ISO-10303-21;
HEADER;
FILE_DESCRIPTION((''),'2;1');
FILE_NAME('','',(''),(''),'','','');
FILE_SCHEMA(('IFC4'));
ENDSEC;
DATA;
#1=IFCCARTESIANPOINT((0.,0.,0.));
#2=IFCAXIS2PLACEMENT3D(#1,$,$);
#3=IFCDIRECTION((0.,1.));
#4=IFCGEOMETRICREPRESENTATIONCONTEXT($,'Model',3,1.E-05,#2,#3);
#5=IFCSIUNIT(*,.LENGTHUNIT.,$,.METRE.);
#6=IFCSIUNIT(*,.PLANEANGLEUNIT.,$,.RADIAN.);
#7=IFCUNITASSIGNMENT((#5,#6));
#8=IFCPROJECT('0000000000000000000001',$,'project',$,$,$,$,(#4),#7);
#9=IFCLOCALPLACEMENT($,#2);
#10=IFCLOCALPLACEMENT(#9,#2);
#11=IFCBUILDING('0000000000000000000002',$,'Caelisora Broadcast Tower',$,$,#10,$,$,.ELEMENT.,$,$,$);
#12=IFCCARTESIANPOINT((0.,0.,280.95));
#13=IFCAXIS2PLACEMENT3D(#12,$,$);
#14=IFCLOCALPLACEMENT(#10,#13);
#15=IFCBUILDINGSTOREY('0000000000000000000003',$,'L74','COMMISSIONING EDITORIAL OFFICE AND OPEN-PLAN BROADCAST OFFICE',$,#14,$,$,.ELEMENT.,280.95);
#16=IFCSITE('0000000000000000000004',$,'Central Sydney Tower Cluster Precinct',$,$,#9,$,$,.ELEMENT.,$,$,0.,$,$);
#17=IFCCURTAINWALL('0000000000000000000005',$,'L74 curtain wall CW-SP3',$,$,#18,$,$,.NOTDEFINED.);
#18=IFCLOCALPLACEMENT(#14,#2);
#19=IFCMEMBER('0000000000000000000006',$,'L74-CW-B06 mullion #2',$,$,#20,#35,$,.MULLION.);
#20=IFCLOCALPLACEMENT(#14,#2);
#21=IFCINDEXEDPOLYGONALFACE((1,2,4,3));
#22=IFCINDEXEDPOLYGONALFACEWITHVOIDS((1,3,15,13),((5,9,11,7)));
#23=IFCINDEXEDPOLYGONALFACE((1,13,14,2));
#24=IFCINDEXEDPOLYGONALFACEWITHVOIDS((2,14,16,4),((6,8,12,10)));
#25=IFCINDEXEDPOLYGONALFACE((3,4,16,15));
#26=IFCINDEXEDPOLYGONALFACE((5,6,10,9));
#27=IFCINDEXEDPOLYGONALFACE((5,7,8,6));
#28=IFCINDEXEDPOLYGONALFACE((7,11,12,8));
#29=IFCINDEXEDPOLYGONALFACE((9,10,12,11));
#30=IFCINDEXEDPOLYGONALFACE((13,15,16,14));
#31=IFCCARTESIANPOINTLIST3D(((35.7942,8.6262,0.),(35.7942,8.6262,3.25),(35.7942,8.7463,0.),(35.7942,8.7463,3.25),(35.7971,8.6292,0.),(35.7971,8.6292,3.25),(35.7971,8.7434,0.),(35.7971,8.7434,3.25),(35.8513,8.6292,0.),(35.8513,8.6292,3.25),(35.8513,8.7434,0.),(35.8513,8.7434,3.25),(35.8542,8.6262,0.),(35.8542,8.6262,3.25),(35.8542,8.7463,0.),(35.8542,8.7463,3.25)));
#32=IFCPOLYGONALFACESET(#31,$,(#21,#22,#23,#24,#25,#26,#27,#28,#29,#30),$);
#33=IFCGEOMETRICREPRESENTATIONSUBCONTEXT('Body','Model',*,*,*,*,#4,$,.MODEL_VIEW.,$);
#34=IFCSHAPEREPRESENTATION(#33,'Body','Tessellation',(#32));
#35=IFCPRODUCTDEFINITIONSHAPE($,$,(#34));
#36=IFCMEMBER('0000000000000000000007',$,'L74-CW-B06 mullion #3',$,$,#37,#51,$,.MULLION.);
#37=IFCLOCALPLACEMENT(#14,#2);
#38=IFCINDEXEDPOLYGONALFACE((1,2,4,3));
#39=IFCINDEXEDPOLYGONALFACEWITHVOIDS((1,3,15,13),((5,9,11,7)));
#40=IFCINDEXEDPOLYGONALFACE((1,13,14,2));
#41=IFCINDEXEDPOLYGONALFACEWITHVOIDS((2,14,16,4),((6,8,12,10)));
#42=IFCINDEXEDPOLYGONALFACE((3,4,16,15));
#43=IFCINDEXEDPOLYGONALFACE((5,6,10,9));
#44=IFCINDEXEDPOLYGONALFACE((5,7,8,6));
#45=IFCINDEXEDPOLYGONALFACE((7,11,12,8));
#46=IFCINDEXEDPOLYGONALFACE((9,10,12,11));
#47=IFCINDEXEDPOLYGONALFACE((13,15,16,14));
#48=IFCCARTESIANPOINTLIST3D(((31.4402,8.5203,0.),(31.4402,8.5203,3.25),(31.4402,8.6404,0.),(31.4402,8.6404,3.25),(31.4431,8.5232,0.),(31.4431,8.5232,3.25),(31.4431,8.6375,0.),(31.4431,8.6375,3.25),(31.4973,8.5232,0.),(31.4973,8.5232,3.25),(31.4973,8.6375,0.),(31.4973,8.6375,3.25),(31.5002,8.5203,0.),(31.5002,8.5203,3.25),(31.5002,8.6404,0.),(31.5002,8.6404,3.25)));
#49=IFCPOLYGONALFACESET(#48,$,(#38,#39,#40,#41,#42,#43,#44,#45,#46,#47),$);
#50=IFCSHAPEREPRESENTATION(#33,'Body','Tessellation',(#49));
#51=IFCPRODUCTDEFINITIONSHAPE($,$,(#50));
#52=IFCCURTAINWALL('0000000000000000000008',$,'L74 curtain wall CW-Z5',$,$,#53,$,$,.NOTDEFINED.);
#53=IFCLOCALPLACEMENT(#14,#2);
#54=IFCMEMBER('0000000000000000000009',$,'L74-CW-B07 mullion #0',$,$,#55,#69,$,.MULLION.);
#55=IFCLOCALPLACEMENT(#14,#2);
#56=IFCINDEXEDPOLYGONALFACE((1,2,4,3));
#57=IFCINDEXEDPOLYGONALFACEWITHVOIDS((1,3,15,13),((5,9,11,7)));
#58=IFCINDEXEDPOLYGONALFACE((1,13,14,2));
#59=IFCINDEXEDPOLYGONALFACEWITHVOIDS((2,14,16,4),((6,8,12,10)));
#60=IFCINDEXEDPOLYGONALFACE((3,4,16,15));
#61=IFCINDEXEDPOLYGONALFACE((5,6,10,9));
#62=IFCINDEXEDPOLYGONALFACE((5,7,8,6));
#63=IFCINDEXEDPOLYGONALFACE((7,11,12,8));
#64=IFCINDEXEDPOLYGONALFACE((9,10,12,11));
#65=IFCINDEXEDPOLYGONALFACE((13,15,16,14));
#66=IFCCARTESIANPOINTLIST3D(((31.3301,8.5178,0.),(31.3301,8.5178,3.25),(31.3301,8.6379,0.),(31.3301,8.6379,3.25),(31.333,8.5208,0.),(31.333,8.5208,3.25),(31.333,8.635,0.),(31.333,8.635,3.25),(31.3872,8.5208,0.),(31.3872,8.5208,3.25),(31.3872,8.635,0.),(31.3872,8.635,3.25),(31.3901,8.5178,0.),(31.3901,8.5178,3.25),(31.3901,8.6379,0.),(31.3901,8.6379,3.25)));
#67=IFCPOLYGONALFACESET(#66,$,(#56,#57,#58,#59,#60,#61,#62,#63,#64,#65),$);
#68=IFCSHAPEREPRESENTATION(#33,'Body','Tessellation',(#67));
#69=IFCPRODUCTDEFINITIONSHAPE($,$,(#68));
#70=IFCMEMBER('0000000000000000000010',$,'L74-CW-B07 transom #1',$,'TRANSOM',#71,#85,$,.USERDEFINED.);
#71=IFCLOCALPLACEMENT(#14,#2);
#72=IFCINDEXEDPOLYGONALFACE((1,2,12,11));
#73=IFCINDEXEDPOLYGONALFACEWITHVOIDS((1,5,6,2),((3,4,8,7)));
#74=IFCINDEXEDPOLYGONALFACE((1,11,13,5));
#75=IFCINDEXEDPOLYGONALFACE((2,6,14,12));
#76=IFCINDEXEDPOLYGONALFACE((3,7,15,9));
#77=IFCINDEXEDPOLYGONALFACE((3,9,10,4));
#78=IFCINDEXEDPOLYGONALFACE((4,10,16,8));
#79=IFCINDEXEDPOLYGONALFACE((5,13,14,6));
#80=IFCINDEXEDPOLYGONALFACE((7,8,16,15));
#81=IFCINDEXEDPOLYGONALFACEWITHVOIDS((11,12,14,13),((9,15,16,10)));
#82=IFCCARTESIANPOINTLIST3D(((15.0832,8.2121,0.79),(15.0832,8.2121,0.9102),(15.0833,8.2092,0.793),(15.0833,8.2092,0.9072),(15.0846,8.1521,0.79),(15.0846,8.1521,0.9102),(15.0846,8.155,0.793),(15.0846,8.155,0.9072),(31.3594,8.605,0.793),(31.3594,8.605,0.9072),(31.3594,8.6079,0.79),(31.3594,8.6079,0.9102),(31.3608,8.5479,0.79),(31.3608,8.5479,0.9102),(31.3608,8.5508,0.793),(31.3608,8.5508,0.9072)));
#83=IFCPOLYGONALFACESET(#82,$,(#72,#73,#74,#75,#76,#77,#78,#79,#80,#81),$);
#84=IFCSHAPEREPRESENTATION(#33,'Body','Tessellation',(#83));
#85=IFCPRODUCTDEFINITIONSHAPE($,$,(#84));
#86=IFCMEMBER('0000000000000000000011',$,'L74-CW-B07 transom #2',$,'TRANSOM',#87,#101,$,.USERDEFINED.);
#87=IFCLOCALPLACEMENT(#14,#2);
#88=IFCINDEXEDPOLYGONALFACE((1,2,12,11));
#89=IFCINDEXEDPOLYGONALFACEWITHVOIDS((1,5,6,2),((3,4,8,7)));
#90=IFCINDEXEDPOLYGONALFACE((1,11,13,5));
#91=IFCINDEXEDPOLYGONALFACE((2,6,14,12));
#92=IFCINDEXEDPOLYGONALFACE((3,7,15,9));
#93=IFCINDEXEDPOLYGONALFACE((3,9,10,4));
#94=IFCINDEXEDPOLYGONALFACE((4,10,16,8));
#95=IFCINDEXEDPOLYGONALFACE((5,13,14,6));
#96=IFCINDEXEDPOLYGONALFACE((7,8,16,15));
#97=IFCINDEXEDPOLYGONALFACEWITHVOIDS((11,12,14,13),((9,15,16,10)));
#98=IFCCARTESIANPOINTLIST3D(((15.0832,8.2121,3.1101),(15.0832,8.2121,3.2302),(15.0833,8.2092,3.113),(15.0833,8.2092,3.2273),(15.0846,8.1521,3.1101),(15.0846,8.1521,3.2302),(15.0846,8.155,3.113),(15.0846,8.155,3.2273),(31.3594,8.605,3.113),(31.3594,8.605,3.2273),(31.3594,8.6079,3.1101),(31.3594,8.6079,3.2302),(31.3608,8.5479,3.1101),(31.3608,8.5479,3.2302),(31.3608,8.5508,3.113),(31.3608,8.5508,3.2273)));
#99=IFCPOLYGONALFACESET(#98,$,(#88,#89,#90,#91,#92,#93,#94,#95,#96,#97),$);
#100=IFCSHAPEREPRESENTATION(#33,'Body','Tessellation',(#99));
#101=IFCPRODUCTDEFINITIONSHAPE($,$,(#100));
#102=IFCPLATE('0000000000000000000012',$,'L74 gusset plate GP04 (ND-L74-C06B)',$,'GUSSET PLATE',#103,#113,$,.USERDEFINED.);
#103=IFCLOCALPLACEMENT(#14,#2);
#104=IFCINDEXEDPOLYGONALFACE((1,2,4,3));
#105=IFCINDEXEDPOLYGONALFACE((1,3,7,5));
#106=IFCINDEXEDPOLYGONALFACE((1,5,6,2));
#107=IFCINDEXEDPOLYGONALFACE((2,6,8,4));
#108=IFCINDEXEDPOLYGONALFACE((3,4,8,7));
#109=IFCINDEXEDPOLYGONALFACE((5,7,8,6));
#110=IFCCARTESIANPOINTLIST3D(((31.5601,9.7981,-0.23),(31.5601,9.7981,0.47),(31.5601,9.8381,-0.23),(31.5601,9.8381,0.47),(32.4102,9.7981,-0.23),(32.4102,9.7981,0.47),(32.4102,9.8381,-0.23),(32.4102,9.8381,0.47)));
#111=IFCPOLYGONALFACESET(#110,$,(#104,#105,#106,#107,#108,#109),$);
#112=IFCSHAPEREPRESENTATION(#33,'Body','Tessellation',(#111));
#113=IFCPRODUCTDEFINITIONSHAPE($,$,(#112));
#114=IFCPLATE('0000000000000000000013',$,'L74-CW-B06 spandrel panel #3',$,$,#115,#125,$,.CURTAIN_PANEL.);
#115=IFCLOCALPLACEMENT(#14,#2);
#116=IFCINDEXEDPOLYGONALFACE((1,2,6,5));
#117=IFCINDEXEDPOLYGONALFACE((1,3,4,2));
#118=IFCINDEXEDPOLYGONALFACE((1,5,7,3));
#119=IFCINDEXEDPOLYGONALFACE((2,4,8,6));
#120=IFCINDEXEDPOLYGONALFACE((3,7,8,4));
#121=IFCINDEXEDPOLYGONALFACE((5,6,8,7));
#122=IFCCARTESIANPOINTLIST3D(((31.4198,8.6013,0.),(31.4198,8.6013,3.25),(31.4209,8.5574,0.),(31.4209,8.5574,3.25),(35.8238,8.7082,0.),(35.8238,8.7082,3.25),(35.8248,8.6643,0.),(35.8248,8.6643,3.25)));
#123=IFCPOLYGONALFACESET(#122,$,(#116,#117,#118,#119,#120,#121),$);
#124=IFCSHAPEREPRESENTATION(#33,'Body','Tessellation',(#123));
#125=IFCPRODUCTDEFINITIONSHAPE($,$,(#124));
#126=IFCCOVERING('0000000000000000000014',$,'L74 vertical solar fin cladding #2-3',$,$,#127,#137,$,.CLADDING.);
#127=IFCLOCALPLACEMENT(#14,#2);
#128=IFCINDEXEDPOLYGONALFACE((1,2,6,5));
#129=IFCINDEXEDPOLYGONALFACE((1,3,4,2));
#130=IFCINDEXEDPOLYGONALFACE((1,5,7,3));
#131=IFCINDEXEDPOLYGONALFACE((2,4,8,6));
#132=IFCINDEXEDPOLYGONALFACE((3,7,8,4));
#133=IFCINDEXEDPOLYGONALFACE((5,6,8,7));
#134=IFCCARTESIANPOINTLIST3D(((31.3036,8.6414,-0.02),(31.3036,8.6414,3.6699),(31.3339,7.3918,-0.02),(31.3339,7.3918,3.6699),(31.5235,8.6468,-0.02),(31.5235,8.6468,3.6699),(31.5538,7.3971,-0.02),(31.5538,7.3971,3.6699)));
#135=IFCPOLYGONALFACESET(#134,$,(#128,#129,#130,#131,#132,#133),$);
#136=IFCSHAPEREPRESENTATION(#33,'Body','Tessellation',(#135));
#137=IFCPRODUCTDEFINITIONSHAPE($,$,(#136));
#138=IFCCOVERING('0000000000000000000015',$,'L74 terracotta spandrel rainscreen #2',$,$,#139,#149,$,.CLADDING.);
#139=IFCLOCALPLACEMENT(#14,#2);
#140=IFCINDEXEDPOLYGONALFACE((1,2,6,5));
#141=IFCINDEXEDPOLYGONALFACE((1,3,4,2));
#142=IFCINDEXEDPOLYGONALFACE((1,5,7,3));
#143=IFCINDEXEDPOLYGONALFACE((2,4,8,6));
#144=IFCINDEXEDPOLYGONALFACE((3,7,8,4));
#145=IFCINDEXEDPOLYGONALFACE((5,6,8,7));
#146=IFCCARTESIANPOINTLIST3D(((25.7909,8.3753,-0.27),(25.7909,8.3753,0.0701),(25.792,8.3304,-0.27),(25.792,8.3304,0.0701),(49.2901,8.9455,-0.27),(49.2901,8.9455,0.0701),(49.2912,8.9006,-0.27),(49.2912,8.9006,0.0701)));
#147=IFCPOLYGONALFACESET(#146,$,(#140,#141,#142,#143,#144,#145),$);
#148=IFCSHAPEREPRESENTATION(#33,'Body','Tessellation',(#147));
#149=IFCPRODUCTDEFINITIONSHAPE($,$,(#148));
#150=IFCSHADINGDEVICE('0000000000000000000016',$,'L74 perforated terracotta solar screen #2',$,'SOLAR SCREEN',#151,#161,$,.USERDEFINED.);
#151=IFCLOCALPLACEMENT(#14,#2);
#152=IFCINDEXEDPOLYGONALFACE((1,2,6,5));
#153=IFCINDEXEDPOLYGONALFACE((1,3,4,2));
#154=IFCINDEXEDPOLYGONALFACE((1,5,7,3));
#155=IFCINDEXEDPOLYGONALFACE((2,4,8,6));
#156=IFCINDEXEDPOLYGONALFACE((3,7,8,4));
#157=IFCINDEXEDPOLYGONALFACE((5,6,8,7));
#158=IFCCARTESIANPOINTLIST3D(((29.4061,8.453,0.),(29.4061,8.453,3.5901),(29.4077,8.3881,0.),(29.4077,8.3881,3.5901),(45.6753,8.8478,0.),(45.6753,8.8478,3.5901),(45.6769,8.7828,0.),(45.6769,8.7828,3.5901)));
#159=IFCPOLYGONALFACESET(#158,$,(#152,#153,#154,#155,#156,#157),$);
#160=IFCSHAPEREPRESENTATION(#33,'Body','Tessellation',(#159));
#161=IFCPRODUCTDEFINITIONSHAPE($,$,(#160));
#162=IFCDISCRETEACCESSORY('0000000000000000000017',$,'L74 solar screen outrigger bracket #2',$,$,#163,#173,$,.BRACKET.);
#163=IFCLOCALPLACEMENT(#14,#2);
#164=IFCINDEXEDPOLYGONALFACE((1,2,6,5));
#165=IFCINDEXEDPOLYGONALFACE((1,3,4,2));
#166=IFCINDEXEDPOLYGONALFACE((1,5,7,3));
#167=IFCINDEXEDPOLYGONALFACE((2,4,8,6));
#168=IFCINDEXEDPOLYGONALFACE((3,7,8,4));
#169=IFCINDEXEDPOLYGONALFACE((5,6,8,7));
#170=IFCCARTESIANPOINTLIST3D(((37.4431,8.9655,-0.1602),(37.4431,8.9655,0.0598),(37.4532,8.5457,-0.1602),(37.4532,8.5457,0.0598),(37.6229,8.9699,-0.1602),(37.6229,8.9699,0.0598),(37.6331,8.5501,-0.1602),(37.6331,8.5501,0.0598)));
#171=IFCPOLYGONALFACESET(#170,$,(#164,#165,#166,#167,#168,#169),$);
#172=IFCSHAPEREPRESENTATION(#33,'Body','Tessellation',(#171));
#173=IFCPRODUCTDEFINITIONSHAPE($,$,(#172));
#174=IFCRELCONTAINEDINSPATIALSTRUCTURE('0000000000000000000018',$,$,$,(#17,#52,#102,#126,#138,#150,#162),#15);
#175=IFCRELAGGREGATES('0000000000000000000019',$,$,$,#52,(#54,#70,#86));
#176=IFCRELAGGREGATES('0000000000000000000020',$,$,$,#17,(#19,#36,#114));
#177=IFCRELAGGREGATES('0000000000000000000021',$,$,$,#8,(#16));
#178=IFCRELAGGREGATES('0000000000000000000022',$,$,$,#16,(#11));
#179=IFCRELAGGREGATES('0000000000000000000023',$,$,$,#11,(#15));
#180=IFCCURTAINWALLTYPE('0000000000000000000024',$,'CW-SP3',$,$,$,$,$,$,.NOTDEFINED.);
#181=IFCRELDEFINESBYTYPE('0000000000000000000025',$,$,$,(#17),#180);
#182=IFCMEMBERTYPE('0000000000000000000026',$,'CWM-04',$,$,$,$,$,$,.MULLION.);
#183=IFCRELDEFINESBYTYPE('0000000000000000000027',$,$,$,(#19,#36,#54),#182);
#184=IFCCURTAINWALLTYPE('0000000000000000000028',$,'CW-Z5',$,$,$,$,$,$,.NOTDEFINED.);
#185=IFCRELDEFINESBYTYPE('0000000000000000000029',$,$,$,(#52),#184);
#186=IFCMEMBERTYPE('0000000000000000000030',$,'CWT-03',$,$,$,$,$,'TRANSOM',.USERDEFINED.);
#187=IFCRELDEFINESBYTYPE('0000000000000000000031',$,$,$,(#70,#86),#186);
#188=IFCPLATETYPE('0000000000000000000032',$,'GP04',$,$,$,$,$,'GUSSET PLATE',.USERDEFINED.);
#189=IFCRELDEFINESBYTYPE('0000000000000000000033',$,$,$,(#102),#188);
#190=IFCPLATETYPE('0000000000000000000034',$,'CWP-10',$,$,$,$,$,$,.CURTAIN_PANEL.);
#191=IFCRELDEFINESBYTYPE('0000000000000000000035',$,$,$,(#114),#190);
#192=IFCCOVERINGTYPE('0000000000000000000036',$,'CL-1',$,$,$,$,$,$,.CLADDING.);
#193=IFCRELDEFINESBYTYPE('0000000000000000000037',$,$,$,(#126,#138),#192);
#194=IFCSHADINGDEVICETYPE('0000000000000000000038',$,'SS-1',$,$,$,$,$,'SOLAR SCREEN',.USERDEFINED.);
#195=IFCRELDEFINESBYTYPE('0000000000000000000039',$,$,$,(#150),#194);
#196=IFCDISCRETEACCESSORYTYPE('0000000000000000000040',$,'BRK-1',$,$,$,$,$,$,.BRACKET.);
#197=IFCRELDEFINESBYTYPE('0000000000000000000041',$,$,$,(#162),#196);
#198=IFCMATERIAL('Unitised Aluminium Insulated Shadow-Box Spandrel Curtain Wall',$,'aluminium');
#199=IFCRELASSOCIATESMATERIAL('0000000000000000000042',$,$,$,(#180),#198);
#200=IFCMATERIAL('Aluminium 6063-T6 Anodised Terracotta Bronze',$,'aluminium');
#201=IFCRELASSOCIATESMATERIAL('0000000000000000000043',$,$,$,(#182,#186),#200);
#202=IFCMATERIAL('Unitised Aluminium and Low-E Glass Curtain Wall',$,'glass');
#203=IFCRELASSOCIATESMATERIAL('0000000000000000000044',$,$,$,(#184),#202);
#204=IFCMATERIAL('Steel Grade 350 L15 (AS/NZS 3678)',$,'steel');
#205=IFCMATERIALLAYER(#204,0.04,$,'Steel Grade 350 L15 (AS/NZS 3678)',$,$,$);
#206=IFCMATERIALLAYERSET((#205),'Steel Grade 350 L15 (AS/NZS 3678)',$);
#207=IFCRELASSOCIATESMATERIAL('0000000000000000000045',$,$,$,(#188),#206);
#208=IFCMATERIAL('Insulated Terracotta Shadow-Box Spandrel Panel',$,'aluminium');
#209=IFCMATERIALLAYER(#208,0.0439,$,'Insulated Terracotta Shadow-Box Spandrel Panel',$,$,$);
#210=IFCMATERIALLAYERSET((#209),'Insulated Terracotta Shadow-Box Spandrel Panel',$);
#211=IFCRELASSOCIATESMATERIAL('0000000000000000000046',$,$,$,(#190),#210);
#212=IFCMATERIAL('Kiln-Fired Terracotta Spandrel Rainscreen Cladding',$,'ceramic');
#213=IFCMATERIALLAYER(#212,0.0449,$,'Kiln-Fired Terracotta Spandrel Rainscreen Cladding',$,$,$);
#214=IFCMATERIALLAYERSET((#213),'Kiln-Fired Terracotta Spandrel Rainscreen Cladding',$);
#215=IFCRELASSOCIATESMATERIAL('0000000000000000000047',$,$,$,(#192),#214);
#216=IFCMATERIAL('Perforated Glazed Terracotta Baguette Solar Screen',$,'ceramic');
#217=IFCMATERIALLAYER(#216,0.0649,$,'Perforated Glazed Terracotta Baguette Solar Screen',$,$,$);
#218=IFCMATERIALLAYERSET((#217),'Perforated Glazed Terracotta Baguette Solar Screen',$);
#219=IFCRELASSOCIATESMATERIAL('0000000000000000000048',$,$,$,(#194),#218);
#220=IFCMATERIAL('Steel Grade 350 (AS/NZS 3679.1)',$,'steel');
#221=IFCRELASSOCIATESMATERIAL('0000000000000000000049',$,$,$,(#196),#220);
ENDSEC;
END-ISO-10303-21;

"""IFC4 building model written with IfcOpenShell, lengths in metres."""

from ifc_helpers import new_model, si_unit, direction, frame, origin, origin_2d, place, context, subcontext, project, spatial, rectangle, hollow_rectangle, extrude, source, transform, mapped, material, layer, layer_set, material_profile, profile_set, type_object, type_shapes, element, aggregate, save


model = new_model("IFC4")

# Units and contexts
model_context = context("Model", 3, precision=1e-05, world=origin(), true_north=direction((0.0, 1.0)))
body_context = subcontext(model_context, "Body", "Model", "MODEL_VIEW")
ifc_project = project(units=[si_unit("LENGTHUNIT", "METRE"), si_unit("PLANEANGLEUNIT", "RADIAN")], contexts=[model_context])

# Site, building, storey
site_placement = place(None, origin())
site = spatial("IfcSite", under=ifc_project, at=site_placement, Name="Central Sydney Tower Cluster Precinct", CompositionType="ELEMENT", RefElevation=0.0)
building_placement = place(site_placement, origin())
building = spatial("IfcBuilding", under=site, at=building_placement, Name="Caelisora Broadcast Tower", CompositionType="ELEMENT")
storey_placement = place(building_placement, frame((0.0, 0.0, 280.95)))
storey = spatial("IfcBuildingStorey", under=building, at=storey_placement, Name="L74", Description="COMMISSIONING EDITORIAL OFFICE AND OPEN-PLAN BROADCAST OFFICE", CompositionType="ELEMENT", Elevation=280.95)

# Shared definitions
ifc_material_1 = material(Name="Steel Grade 350 L15 (AS/NZS 3678)", Category="steel")

# Shared definitions
ifc_material_2 = material(Name="Steel Grade 350 (AS/NZS 3679.1)", Category="steel")

# Curtain walls, members
ifc_material_3 = material(Name="Unitised Aluminium Insulated Shadow-Box Spandrel Curtain Wall", Category="aluminium")
curtain_wall_type_1 = type_object("IfcCurtainWallType", Name="CW-SP3", PredefinedType="NOTDEFINED", material=ifc_material_3)
curtain_wall_1_placement = place(storey_placement, origin())
curtain_wall_1 = element("IfcCurtainWall", 1, at=curtain_wall_1_placement, inside=storey, type_object=curtain_wall_type_1, Name="L74 curtain wall CW-SP3", PredefinedType="NOTDEFINED")
ifc_material_4 = material(Name="Aluminium 6063-T6 Anodised Terracotta Bronze", Category="aluminium")
ifc_material_profile_1 = material_profile(ifc_material_4, hollow_rectangle(XDim=0.0601, YDim=0.1201, WallThickness=0.0029, at=origin_2d()), Name="Aluminium 6063-T6 Anodised Terracotta Bronze")
ifc_profile_set_1 = profile_set([ifc_material_profile_1], Name="Aluminium 6063-T6 Anodised Terracotta Bronze")
member_type_1 = type_object("IfcMemberType", Name="CWM-04", PredefinedType="MULLION", material=ifc_profile_set_1)
shared_shape_1 = source(origin(), body_context, "Body", "SweptSolid", [
    extrude(hollow_rectangle(XDim=0.0601, YDim=0.1201, WallThickness=0.0029, at=origin_2d()), origin(), (0.0, 0.0, 1.0), 3.25),
])
type_shapes(member_type_1, [shared_shape_1])
member_1_placement = place(storey_placement, frame((35.8242, 8.6863, 0.0), z_axis=(0.0, 0.0, 1.0), x_axis=(1.0, 0.0, 0.0)))
member_1 = element("IfcMember", 2, at=member_1_placement, type_object=member_type_1, Name="L74-CW-B06 mullion #2", PredefinedType="MULLION", context=body_context, shape_type="MappedRepresentation", body=[
    mapped(shared_shape_1, transform((0.0, 0.0, 0.0), scale=1.0)),
])
member_2_placement = place(storey_placement, frame((31.4702, 8.5803, 0.0), z_axis=(0.0, 0.0, 1.0), x_axis=(1.0, 0.0, 0.0)))
member_2 = element("IfcMember", 3, at=member_2_placement, type_object=member_type_1, Name="L74-CW-B06 mullion #3", PredefinedType="MULLION", context=body_context, shape_type="MappedRepresentation", body=[
    mapped(shared_shape_1, transform((0.0, 0.0, 0.0), scale=1.0)),
])
ifc_material_5 = material(Name="Unitised Aluminium and Low-E Glass Curtain Wall", Category="glass")
curtain_wall_type_2 = type_object("IfcCurtainWallType", Name="CW-Z5", PredefinedType="NOTDEFINED", material=ifc_material_5)
curtain_wall_2_placement = place(storey_placement, origin())
curtain_wall_2 = element("IfcCurtainWall", 4, at=curtain_wall_2_placement, inside=storey, type_object=curtain_wall_type_2, Name="L74 curtain wall CW-Z5", PredefinedType="NOTDEFINED")
member_3_placement = place(storey_placement, frame((31.3601, 8.5779, 0.0), z_axis=(0.0, 0.0, 1.0), x_axis=(1.0, 0.0, 0.0)))
member_3 = element("IfcMember", 5, at=member_3_placement, type_object=member_type_1, Name="L74-CW-B07 mullion #0", PredefinedType="MULLION", context=body_context, shape_type="MappedRepresentation", body=[
    mapped(shared_shape_1, transform((0.0, 0.0, 0.0), scale=1.0)),
])
ifc_material_profile_2 = material_profile(ifc_material_4, hollow_rectangle(XDim=0.0601, YDim=0.1201, WallThickness=0.0029, at=origin_2d()), Name="Aluminium 6063-T6 Anodised Terracotta Bronze")
ifc_profile_set_2 = profile_set([ifc_material_profile_2], Name="Aluminium 6063-T6 Anodised Terracotta Bronze")
member_type_2 = type_object("IfcMemberType", Name="CWT-03", ElementType="TRANSOM", PredefinedType="USERDEFINED", material=ifc_profile_set_2)
shared_shape_2 = source(origin(), body_context, "Body", "SweptSolid", [
    extrude(hollow_rectangle(XDim=0.0601, YDim=0.1201, WallThickness=0.0029, at=origin_2d()), origin(), (0.0, 0.0, 1.0), 16.281),
])
type_shapes(member_type_2, [shared_shape_2])
member_4_placement = place(storey_placement, frame((31.3601, 8.5779, 0.8501), z_axis=(-0.999705, -0.024308, 0.0), x_axis=(0.024308, -0.999705, 0.0)))
member_4 = element("IfcMember", 6, at=member_4_placement, type_object=member_type_2, Name="L74-CW-B07 transom #1", ObjectType="TRANSOM", PredefinedType="USERDEFINED", context=body_context, shape_type="MappedRepresentation", body=[
    mapped(shared_shape_2, transform((0.0, 0.0, 0.0), scale=1.0)),
])
member_5_placement = place(storey_placement, frame((31.3601, 8.5779, 3.1702), z_axis=(-0.999705, -0.024308, 0.0), x_axis=(0.024308, -0.999705, 0.0)))
member_5 = element("IfcMember", 7, at=member_5_placement, type_object=member_type_2, Name="L74-CW-B07 transom #2", ObjectType="TRANSOM", PredefinedType="USERDEFINED", context=body_context, shape_type="MappedRepresentation", body=[
    mapped(shared_shape_2, transform((0.0, 0.0, 0.0), scale=1.0)),
])
aggregate(curtain_wall_2, [member_3, member_4, member_5])

# Plates
ifc_layer_1 = layer(ifc_material_1, 0.04, Name="Steel Grade 350 L15 (AS/NZS 3678)")
ifc_layer_set_1 = layer_set([ifc_layer_1], Name="Steel Grade 350 L15 (AS/NZS 3678)")
plate_type_1 = type_object("IfcPlateType", Name="GP04", ElementType="GUSSET PLATE", PredefinedType="USERDEFINED", material=ifc_layer_set_1)
shared_shape_3 = source(origin(), body_context, "Body", "SweptSolid", [
    extrude(rectangle(XDim=0.8501, YDim=0.04, at=origin_2d()), origin(), (0.0, 0.0, 1.0), 0.7),
])
type_shapes(plate_type_1, [shared_shape_3])
plate_1_placement = place(storey_placement, frame((31.9851, 9.8181, -0.23), z_axis=(0.0, 0.0, 1.0), x_axis=(1.0, 0.0, 0.0)))
element("IfcPlate", 8, at=plate_1_placement, inside=storey, type_object=plate_type_1, Name="L74 gusset plate GP04 (ND-L74-C06B)", ObjectType="GUSSET PLATE", PredefinedType="USERDEFINED", context=body_context, shape_type="MappedRepresentation", body=[
    mapped(shared_shape_3, transform((0.0, 0.0, 0.0), scale=1.0)),
])
ifc_material_6 = material(Name="Insulated Terracotta Shadow-Box Spandrel Panel", Category="aluminium")
ifc_layer_2 = layer(ifc_material_6, 0.0439, Name="Insulated Terracotta Shadow-Box Spandrel Panel")
ifc_layer_set_2 = layer_set([ifc_layer_2], Name="Insulated Terracotta Shadow-Box Spandrel Panel")
plate_type_2 = type_object("IfcPlateType", Name="CWP-10", PredefinedType="CURTAIN_PANEL", material=ifc_layer_set_2)
shared_shape_4 = source(origin(), body_context, "Body", "SweptSolid", [
    extrude(rectangle(XDim=4.4053, YDim=0.0439, at=origin_2d()), origin(), (0.0, 0.0, 1.0), 3.25),
])
type_shapes(plate_type_2, [shared_shape_4])
plate_2_placement = place(storey_placement, frame((33.6223, 8.6328, 0.0), z_axis=(0.0, 0.0, 1.0), x_axis=(-0.999706, -0.024258, 0.0)))
plate_2 = element("IfcPlate", 9, at=plate_2_placement, type_object=plate_type_2, Name="L74-CW-B06 spandrel panel #3", PredefinedType="CURTAIN_PANEL", context=body_context, shape_type="MappedRepresentation", body=[
    mapped(shared_shape_4, transform((0.0, 0.0, 0.0), scale=1.0)),
])
aggregate(curtain_wall_1, [member_1, member_2, plate_2])

# Coverings
ifc_material_7 = material(Name="Kiln-Fired Terracotta Spandrel Rainscreen Cladding", Category="ceramic")
ifc_layer_3 = layer(ifc_material_7, 0.0449, Name="Kiln-Fired Terracotta Spandrel Rainscreen Cladding")
ifc_layer_set_3 = layer_set([ifc_layer_3], Name="Kiln-Fired Terracotta Spandrel Rainscreen Cladding")
covering_type = type_object("IfcCoveringType", Name="CL-1", PredefinedType="CLADDING", material=ifc_layer_set_3)
shared_shape_5 = source(origin(), body_context, "Body", "SweptSolid", [
    extrude(rectangle(XDim=0.22, YDim=1.25, at=origin_2d()), origin(), (0.0, 0.0, 1.0), 3.6899),
])
covering_1_placement = place(storey_placement, frame((31.4287, 8.0193, -0.02), z_axis=(0.0, 0.0, 1.0), x_axis=(-0.999706, -0.024258, 0.0)))
element("IfcCovering", 10, at=covering_1_placement, inside=storey, type_object=covering_type, Name="L74 vertical solar fin cladding #2-3", PredefinedType="CLADDING", context=body_context, shape_type="MappedRepresentation", body=[
    mapped(shared_shape_5, transform((0.0, 0.0, 0.0), scale=1.0)),
])
shared_shape_6 = source(origin(), body_context, "Body", "SweptSolid", [
    extrude(rectangle(XDim=23.5061, YDim=0.0449, at=origin_2d()), origin(), (0.0, 0.0, 1.0), 0.3401),
])
type_shapes(covering_type, [shared_shape_5, shared_shape_6])
covering_2_placement = place(storey_placement, frame((37.541, 8.6379, -0.27), z_axis=(0.0, 0.0, 1.0), x_axis=(0.999706, 0.024258, 0.0)))
element("IfcCovering", 11, at=covering_2_placement, inside=storey, type_object=covering_type, Name="L74 terracotta spandrel rainscreen #2", PredefinedType="CLADDING", context=body_context, shape_type="MappedRepresentation", body=[
    mapped(shared_shape_6, transform((0.0, 0.0, 0.0), scale=1.0)),
])

# Shading device
ifc_material_8 = material(Name="Perforated Glazed Terracotta Baguette Solar Screen", Category="ceramic")
ifc_layer_4 = layer(ifc_material_8, 0.0649, Name="Perforated Glazed Terracotta Baguette Solar Screen")
ifc_layer_set_4 = layer_set([ifc_layer_4], Name="Perforated Glazed Terracotta Baguette Solar Screen")
shading_device_type = type_object("IfcShadingDeviceType", Name="SS-1", ElementType="SOLAR SCREEN", PredefinedType="USERDEFINED", material=ifc_layer_set_4)
shared_shape_7 = source(origin(), body_context, "Body", "SweptSolid", [
    extrude(rectangle(XDim=16.2739, YDim=0.0649, at=origin_2d()), origin(), (0.0, 0.0, 1.0), 3.5901),
])
type_shapes(shading_device_type, [shared_shape_7])
shading_device_placement = place(storey_placement, frame((37.5415, 8.6179, 0.0), z_axis=(0.0, 0.0, 1.0), x_axis=(0.999706, 0.024258, 0.0)))
element("IfcShadingDevice", 12, at=shading_device_placement, inside=storey, type_object=shading_device_type, Name="L74 perforated terracotta solar screen #2", ObjectType="SOLAR SCREEN", PredefinedType="USERDEFINED", context=body_context, shape_type="MappedRepresentation", body=[
    mapped(shared_shape_7, transform((0.0, 0.0, 0.0), scale=1.0)),
])

# Discrete accessory
discrete_accessory_type = type_object("IfcDiscreteAccessoryType", Name="BRK-1", PredefinedType="BRACKET", material=ifc_material_2)
shared_shape_8 = source(origin(), body_context, "Body", "SweptSolid", [
    extrude(rectangle(XDim=0.1799, YDim=0.4199, at=origin_2d()), origin(), (0.0, 0.0, 1.0), 0.22),
])
type_shapes(discrete_accessory_type, [shared_shape_8])
discrete_accessory_placement = place(storey_placement, frame((37.5381, 8.7578, -0.1602), z_axis=(0.0, 0.0, 1.0), x_axis=(0.999706, 0.024258, 0.0)))
element("IfcDiscreteAccessory", 13, at=discrete_accessory_placement, inside=storey, type_object=discrete_accessory_type, Name="L74 solar screen outrigger bracket #2", PredefinedType="BRACKET", context=body_context, shape_type="MappedRepresentation", body=[
    mapped(shared_shape_8, transform((0.0, 0.0, 0.0), scale=1.0)),
])

save(model, "model.ifc")
